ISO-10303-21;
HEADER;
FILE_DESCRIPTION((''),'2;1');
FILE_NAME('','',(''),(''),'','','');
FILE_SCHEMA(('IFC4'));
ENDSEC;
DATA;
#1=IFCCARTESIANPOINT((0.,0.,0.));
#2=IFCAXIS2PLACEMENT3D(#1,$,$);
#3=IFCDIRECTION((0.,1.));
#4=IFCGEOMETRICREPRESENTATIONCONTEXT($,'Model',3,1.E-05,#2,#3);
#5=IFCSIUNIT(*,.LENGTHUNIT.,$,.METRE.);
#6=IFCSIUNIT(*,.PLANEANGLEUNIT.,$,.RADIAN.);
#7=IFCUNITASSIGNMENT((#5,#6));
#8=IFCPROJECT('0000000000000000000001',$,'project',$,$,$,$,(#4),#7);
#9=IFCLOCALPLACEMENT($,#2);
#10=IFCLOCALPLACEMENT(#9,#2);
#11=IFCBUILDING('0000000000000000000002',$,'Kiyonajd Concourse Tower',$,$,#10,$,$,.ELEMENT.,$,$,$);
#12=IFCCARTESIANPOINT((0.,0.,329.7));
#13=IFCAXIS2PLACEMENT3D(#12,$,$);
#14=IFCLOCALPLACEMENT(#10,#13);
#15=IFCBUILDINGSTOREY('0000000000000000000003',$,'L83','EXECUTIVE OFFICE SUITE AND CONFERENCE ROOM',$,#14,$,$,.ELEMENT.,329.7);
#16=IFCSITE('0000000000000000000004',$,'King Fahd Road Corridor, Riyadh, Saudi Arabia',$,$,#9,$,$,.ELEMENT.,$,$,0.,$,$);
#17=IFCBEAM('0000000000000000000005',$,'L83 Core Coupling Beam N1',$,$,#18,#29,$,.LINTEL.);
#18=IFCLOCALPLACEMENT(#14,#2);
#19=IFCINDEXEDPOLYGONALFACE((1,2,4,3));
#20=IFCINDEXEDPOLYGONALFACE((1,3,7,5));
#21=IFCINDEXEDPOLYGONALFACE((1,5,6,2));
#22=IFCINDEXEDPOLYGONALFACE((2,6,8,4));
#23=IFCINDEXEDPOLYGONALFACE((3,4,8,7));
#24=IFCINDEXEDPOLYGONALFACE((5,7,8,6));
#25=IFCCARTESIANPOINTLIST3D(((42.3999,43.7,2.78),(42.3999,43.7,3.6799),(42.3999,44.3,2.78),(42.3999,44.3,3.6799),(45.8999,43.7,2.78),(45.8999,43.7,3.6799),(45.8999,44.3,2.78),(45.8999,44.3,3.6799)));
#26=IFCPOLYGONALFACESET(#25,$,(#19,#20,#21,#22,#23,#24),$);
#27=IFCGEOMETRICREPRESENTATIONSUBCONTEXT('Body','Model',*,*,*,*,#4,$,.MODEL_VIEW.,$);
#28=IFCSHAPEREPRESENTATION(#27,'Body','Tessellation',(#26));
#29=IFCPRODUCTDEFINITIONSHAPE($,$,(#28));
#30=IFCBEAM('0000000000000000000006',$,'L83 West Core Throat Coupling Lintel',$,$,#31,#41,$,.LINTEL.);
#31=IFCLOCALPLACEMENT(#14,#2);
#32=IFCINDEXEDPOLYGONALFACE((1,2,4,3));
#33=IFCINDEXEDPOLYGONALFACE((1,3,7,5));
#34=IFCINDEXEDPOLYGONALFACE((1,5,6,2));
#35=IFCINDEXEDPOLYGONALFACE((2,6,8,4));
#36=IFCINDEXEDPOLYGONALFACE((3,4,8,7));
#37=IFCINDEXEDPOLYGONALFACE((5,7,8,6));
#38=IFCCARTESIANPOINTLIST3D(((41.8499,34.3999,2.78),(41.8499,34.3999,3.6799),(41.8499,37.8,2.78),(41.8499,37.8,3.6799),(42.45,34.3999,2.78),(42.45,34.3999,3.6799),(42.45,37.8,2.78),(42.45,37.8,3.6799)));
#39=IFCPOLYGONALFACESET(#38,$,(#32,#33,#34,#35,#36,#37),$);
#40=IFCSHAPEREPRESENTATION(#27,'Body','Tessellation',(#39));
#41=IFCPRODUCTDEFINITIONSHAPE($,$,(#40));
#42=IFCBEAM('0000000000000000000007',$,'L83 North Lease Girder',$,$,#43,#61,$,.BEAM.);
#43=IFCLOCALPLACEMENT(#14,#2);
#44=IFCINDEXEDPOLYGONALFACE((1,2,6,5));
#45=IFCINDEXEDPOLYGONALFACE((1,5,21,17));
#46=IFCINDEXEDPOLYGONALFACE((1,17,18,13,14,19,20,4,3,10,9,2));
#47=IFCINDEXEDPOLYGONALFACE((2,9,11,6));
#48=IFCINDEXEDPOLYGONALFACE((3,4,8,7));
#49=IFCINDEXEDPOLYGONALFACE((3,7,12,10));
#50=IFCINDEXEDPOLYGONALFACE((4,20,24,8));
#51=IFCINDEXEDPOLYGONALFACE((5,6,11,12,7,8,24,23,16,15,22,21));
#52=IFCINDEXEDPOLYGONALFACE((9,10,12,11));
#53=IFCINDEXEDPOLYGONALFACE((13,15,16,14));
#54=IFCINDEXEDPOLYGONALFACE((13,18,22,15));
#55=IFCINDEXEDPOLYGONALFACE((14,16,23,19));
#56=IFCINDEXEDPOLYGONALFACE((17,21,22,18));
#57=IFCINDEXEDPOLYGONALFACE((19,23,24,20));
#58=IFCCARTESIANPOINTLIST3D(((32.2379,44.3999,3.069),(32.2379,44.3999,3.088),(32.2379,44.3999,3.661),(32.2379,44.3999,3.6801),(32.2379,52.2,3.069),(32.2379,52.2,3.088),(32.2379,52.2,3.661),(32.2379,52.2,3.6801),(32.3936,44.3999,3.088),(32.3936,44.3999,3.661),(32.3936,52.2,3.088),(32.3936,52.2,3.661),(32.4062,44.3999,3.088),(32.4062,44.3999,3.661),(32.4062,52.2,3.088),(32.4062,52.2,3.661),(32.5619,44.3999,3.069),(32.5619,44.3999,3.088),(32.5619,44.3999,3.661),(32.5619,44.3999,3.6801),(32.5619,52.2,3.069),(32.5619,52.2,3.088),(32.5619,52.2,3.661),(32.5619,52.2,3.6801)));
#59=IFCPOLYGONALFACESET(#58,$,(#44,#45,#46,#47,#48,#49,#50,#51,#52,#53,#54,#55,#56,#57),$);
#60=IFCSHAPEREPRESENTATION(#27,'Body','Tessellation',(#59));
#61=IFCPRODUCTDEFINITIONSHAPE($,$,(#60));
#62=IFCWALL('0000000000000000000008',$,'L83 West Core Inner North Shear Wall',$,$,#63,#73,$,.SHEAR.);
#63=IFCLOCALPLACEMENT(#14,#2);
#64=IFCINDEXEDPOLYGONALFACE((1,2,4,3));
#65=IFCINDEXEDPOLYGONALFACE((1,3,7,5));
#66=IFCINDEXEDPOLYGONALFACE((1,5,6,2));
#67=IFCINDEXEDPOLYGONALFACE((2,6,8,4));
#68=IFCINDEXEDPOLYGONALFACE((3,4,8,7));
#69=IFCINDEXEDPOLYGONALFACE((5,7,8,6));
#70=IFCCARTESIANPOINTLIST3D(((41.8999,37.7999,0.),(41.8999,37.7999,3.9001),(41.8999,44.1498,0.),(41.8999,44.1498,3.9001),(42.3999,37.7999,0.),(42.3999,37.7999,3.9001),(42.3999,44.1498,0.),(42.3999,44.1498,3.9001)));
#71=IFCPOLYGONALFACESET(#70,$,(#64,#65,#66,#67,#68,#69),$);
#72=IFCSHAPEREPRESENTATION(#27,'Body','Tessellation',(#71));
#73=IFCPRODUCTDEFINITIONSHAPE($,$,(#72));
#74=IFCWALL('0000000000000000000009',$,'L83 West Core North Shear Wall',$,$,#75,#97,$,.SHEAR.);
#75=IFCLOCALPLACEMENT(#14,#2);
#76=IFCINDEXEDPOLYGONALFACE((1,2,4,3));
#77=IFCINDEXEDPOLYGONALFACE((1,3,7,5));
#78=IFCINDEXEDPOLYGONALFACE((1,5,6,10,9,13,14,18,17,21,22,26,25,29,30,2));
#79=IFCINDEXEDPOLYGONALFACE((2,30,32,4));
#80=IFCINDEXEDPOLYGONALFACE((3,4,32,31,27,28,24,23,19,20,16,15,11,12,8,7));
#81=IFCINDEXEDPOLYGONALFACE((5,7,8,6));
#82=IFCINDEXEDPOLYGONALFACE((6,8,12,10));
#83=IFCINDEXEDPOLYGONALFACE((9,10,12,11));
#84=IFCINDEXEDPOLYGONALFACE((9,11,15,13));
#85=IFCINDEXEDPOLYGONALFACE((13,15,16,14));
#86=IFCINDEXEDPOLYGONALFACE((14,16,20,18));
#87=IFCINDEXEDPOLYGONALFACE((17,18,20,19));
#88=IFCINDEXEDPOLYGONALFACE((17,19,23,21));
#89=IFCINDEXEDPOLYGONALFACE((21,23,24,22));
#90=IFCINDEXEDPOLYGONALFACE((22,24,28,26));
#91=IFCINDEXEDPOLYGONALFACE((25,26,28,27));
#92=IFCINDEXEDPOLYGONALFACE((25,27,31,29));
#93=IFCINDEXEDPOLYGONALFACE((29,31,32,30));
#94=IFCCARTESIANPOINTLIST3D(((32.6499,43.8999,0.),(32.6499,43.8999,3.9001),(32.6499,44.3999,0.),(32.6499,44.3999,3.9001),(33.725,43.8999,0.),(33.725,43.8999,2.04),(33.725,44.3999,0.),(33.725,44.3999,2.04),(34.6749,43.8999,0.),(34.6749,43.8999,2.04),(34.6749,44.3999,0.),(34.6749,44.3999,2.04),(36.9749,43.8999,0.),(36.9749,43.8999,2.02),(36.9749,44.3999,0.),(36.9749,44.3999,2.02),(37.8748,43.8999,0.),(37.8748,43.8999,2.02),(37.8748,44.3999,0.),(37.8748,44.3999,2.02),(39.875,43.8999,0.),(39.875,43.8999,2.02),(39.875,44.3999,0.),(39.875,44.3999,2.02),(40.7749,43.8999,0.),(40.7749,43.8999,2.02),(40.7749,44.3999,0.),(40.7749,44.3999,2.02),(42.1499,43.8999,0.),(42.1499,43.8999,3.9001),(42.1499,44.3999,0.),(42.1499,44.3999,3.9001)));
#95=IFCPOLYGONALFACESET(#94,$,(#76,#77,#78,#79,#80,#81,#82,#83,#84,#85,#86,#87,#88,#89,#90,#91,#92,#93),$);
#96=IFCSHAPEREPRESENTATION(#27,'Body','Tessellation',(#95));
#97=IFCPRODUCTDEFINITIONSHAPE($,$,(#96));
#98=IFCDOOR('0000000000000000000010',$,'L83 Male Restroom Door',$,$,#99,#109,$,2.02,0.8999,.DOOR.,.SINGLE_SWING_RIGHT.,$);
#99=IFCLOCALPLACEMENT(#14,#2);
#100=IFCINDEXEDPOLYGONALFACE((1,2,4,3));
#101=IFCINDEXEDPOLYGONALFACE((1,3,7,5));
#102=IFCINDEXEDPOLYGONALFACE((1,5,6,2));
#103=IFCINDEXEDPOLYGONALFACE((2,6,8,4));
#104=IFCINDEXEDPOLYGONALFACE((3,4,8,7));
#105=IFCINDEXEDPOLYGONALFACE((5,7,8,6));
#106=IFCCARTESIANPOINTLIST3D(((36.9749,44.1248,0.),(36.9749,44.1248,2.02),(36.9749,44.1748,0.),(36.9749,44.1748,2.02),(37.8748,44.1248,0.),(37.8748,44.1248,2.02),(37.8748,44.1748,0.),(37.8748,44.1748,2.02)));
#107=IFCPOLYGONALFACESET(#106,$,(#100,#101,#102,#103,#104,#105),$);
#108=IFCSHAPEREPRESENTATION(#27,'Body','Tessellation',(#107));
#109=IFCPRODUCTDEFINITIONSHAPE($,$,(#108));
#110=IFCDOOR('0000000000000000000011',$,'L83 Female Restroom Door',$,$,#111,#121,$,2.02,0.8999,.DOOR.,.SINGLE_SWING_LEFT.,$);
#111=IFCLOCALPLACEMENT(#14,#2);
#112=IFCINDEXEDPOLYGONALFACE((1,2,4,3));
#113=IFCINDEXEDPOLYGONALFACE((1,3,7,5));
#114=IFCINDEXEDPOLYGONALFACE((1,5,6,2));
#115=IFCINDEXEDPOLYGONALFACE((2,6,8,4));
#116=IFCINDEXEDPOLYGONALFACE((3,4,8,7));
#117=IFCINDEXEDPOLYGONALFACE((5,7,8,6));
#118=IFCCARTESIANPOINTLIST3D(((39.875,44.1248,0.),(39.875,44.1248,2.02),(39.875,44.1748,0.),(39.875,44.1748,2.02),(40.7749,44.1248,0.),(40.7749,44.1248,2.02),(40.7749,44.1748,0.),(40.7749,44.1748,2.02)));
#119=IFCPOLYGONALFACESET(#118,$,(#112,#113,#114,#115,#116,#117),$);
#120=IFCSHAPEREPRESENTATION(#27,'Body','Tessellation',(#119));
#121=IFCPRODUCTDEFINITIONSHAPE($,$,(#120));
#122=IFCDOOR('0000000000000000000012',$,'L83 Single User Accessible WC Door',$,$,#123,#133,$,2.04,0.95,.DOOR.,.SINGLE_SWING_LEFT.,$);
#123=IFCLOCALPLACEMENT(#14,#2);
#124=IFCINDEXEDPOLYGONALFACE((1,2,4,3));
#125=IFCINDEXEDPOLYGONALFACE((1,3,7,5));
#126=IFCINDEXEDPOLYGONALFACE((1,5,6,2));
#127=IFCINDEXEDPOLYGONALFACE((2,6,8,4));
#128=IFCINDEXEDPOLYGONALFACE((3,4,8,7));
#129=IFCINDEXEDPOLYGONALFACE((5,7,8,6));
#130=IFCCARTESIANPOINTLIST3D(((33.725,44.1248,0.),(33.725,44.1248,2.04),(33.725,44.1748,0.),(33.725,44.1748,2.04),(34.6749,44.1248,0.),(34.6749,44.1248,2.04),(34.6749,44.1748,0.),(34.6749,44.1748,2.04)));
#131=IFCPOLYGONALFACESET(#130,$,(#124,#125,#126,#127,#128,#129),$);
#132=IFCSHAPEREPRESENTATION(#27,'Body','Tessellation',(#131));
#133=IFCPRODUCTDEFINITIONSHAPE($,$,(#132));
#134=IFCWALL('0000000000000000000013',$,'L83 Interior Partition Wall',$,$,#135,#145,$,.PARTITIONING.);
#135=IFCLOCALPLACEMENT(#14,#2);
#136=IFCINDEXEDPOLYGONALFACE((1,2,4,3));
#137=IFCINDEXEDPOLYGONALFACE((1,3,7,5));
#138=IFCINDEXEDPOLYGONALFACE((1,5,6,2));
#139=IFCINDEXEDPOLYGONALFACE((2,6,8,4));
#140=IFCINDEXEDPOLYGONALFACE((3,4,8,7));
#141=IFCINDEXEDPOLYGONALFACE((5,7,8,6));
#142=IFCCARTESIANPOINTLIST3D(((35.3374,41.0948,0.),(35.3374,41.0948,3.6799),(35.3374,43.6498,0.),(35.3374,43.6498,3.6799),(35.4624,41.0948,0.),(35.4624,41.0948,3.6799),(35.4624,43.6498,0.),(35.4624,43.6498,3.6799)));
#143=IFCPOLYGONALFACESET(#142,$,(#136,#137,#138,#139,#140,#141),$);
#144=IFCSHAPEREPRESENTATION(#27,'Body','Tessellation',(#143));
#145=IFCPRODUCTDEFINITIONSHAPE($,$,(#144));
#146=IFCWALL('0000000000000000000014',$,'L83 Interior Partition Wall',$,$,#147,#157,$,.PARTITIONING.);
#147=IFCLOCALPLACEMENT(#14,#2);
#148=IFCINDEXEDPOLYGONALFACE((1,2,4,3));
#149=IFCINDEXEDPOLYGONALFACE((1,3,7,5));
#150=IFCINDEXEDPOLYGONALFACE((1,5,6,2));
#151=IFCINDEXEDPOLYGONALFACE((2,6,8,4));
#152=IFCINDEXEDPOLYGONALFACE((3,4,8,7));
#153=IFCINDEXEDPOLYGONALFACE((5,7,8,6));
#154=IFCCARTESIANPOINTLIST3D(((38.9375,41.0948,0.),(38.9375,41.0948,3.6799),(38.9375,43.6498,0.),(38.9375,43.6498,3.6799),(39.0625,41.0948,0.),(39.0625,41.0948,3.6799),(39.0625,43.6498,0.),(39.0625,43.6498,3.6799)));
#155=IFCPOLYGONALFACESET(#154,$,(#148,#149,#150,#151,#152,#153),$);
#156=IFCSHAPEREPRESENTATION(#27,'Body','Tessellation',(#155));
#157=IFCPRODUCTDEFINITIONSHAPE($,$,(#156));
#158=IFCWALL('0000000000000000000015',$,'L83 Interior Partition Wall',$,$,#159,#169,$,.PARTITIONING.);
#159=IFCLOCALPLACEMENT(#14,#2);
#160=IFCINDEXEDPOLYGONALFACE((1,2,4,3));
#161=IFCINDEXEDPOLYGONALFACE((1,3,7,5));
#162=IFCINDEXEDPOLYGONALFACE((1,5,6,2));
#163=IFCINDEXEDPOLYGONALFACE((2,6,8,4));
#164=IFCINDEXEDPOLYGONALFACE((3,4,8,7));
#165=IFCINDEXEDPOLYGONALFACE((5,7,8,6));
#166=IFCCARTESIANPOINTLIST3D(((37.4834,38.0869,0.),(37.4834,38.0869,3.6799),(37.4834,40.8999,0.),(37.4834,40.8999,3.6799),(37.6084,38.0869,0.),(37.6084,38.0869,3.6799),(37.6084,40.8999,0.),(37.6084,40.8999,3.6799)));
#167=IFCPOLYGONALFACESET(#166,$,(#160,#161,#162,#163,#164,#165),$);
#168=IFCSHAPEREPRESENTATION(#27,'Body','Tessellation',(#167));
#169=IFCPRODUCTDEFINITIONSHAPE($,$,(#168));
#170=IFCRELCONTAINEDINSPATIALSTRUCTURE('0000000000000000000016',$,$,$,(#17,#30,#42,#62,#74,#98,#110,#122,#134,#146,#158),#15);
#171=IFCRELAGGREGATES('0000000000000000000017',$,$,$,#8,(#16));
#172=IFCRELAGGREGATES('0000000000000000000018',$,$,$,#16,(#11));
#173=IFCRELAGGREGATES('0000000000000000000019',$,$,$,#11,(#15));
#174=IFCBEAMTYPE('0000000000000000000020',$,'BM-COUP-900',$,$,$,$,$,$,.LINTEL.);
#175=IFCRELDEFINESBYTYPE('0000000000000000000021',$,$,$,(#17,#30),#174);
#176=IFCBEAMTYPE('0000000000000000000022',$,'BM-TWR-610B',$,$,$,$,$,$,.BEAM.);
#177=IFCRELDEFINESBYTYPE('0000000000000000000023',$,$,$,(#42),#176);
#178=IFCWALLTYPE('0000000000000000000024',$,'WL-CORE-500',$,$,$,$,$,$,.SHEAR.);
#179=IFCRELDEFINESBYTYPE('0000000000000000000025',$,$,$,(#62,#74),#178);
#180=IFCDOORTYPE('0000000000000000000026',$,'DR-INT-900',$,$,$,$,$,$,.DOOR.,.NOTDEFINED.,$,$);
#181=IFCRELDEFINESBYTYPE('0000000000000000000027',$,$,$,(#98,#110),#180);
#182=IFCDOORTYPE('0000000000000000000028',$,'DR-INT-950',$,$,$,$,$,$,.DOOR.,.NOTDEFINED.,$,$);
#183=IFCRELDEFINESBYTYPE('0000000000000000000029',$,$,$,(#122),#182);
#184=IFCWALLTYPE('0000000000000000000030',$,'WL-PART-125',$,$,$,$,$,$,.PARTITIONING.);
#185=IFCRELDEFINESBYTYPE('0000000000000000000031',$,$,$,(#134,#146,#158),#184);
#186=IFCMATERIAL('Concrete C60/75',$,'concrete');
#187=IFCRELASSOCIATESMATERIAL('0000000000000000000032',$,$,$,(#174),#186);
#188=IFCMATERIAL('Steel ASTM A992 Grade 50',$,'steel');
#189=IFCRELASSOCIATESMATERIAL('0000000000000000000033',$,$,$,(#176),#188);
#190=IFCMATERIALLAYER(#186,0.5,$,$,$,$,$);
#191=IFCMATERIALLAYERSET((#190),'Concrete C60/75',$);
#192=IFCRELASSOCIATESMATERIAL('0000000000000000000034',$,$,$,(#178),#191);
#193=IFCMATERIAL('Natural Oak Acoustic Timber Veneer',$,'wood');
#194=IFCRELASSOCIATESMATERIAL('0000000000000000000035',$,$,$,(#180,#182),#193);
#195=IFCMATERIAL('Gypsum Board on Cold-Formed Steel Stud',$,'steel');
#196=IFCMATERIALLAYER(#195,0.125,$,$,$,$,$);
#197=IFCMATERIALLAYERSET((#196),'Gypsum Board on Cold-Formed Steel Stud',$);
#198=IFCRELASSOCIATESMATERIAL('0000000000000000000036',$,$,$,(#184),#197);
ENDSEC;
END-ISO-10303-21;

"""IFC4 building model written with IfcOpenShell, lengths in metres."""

from ifc_helpers import new_model, si_unit, direction, frame, frame_2d, origin, origin_2d, place, context, subcontext, project, spatial, rectangle, i_section, extrude, material, layer, layer_set, material_profile, profile_set, type_object, element, fill, save


model = new_model("IFC4")

# Units and contexts
model_context = context("Model", 3, precision=1e-05, world=origin(), true_north=direction((0.0, 1.0)))
body_context = subcontext(model_context, "Body", "Model", "MODEL_VIEW")
ifc_project = project(units=[si_unit("LENGTHUNIT", "METRE"), si_unit("PLANEANGLEUNIT", "RADIAN")], contexts=[model_context])

# Site, building, storey
site_placement = place(None, origin())
site = spatial("IfcSite", under=ifc_project, at=site_placement, Name="King Fahd Road Corridor, Riyadh, Saudi Arabia", CompositionType="ELEMENT", RefElevation=0.0)
building_placement = place(site_placement, origin())
building = spatial("IfcBuilding", under=site, at=building_placement, Name="Kiyonajd Concourse Tower", CompositionType="ELEMENT")
storey_placement = place(building_placement, frame((0.0, 0.0, 329.7)))
storey = spatial("IfcBuildingStorey", under=building, at=storey_placement, Name="L83", Description="EXECUTIVE OFFICE SUITE AND CONFERENCE ROOM", CompositionType="ELEMENT", Elevation=329.7)

# Beams
ifc_material_1 = material(Name="Concrete C60/75", Category="concrete")
ifc_material_profile_1 = material_profile(ifc_material_1, rectangle(XDim=0.6001, YDim=0.8999, at=origin_2d()), Name="RCBM-600x900")
ifc_profile_set_1 = profile_set([ifc_material_profile_1], Name="Concrete C60/75")
beam_type_1 = type_object("IfcBeamType", Name="BM-COUP-900", PredefinedType="LINTEL", material=ifc_profile_set_1)
beam_1_placement = place(storey_placement, frame((42.3999, 44.0, 3.23), z_axis=(1.0, 0.0, 0.0), x_axis=(0.0, 1.0, 0.0)))
element("IfcBeam", 1, at=beam_1_placement, inside=storey, type_object=beam_type_1, Name="L83 Core Coupling Beam N1", PredefinedType="LINTEL", context=body_context, shape_type="SweptSolid", body=[
    extrude(rectangle(XDim=0.6001, YDim=0.8999, at=origin_2d()), origin(), (0.0, 0.0, 1.0), 3.5),
])
beam_2_placement = place(storey_placement, frame((42.1499, 34.3999, 3.23), z_axis=(0.0, 1.0, 0.0), x_axis=(-1.0, 0.0, 0.0)))
element("IfcBeam", 2, at=beam_2_placement, inside=storey, type_object=beam_type_1, Name="L83 West Core Throat Coupling Lintel", PredefinedType="LINTEL", context=body_context, shape_type="SweptSolid", body=[
    extrude(rectangle(XDim=0.6001, YDim=0.8999, at=origin_2d()), origin(), (0.0, 0.0, 1.0), 3.4001),
])
ifc_material_2 = material(Name="Steel ASTM A992 Grade 50", Category="steel")
ifc_material_profile_2 = material_profile(ifc_material_2, i_section(OverallWidth=0.324, OverallDepth=0.6111, WebThickness=0.0127, FlangeThickness=0.019, at=origin_2d()), Name="W610X155")
ifc_profile_set_2 = profile_set([ifc_material_profile_2], Name="Steel ASTM A992 Grade 50")
beam_type_2 = type_object("IfcBeamType", Name="BM-TWR-610B", PredefinedType="BEAM", material=ifc_profile_set_2)
beam_3_placement = place(storey_placement, frame((32.3999, 44.3999, 3.3745), z_axis=(0.0, 1.0, 0.0), x_axis=(-1.0, 0.0, 0.0)))
element("IfcBeam", 3, at=beam_3_placement, inside=storey, type_object=beam_type_2, Name="L83 North Lease Girder", PredefinedType="BEAM", context=body_context, shape_type="SweptSolid", body=[
    extrude(i_section(OverallWidth=0.324, OverallDepth=0.6111, WebThickness=0.0127, FlangeThickness=0.019, at=origin_2d()), origin(), (0.0, 0.0, 1.0), 7.8),
])

# Wall
ifc_layer_1 = layer(ifc_material_1, 0.5)
ifc_layer_set_1 = layer_set([ifc_layer_1], Name="Concrete C60/75")
wall_type_1 = type_object("IfcWallType", Name="WL-CORE-500", PredefinedType="SHEAR", material=ifc_layer_set_1)
wall_1_placement = place(storey_placement, frame((42.1499, 37.8, 0.0), z_axis=(0.0, 0.0, 1.0), x_axis=(0.0, 1.0, 0.0)))
element("IfcWall", 4, at=wall_1_placement, inside=storey, type_object=wall_type_1, Name="L83 West Core Inner North Shear Wall", PredefinedType="SHEAR", context=body_context, shape_type="SweptSolid", body=[
    extrude(rectangle(XDim=6.3499, YDim=0.5, at=frame_2d((3.1748, 0.0))), origin(), (0.0, 0.0, 1.0), 3.9001),
])

# Wall, openings, doors
wall_2_placement = place(storey_placement, frame((32.6499, 44.1499, 0.0), z_axis=(0.0, 0.0, 1.0), x_axis=(1.0, 0.0, 0.0)))
wall_2 = element("IfcWall", 5, at=wall_2_placement, inside=storey, type_object=wall_type_1, Name="L83 West Core North Shear Wall", PredefinedType="SHEAR", context=body_context, shape_type="SweptSolid", body=[
    extrude(rectangle(XDim=9.5, YDim=0.5, at=frame_2d((4.75, 0.0))), origin(), (0.0, 0.0, 1.0), 3.9001),
])
opening_1_placement = place(wall_2_placement, frame((1.075, 0.0, 0.0)))
opening_1 = element("IfcOpeningElement", 6, at=opening_1_placement, cuts=wall_2, PredefinedType="OPENING", context=body_context, shape_type="SweptSolid", body=[
    extrude(rectangle(XDim=0.95, YDim=2.04, at=frame_2d((0.4751, 1.02))), frame((0.0, 0.26, 0.0), z_axis=(0.0, -1.0, 0.0), x_axis=(1.0, 0.0, 0.0)), (0.0, 0.0, 1.0), 0.52),
])
opening_2_placement = place(wall_2_placement, frame((4.325, 0.0, 0.0)))
opening_2 = element("IfcOpeningElement", 7, at=opening_2_placement, cuts=wall_2, PredefinedType="OPENING", context=body_context, shape_type="SweptSolid", body=[
    extrude(rectangle(XDim=0.8999, YDim=2.02, at=frame_2d((0.45, 1.01))), frame((0.0, 0.26, 0.0), z_axis=(0.0, -1.0, 0.0), x_axis=(1.0, 0.0, 0.0)), (0.0, 0.0, 1.0), 0.52),
])
opening_3_placement = place(wall_2_placement, frame((7.2251, 0.0, 0.0)))
opening_3 = element("IfcOpeningElement", 8, at=opening_3_placement, cuts=wall_2, PredefinedType="OPENING", context=body_context, shape_type="SweptSolid", body=[
    extrude(rectangle(XDim=0.8999, YDim=2.02, at=frame_2d((0.45, 1.01))), frame((0.0, 0.26, 0.0), z_axis=(0.0, -1.0, 0.0), x_axis=(1.0, 0.0, 0.0)), (0.0, 0.0, 1.0), 0.52),
])
ifc_material_3 = material(Name="Natural Oak Acoustic Timber Veneer", Category="wood")
door_type_1 = type_object("IfcDoorType", Name="DR-INT-900", OperationType="NOTDEFINED", PredefinedType="DOOR", material=ifc_material_3)
door_1_placement = place(opening_2_placement, origin())
door_1 = element("IfcDoor", 9, at=door_1_placement, inside=storey, type_object=door_type_1, Name="L83 Male Restroom Door", OperationType="SINGLE_SWING_RIGHT", OverallHeight=2.02, OverallWidth=0.8999, PredefinedType="DOOR", context=body_context, shape_type="SweptSolid", body=[
    extrude(rectangle(XDim=0.8999, YDim=2.02, at=frame_2d((0.45, 1.01))), frame((0.0, 0.0249, 0.0), z_axis=(0.0, -1.0, 0.0), x_axis=(1.0, 0.0, 0.0)), (0.0, 0.0, 1.0), 0.05),
])
fill(opening_2, door_1)
door_2_placement = place(opening_3_placement, origin())
door_2 = element("IfcDoor", 10, at=door_2_placement, inside=storey, type_object=door_type_1, Name="L83 Female Restroom Door", OperationType="SINGLE_SWING_LEFT", OverallHeight=2.02, OverallWidth=0.8999, PredefinedType="DOOR", context=body_context, shape_type="SweptSolid", body=[
    extrude(rectangle(XDim=0.8999, YDim=2.02, at=frame_2d((0.45, 1.01))), frame((0.0, 0.0249, 0.0), z_axis=(0.0, -1.0, 0.0), x_axis=(1.0, 0.0, 0.0)), (0.0, 0.0, 1.0), 0.05),
])
fill(opening_3, door_2)
door_type_2 = type_object("IfcDoorType", Name="DR-INT-950", OperationType="NOTDEFINED", PredefinedType="DOOR", material=ifc_material_3)
door_3_placement = place(opening_1_placement, origin())
door_3 = element("IfcDoor", 11, at=door_3_placement, inside=storey, type_object=door_type_2, Name="L83 Single User Accessible WC Door", OperationType="SINGLE_SWING_LEFT", OverallHeight=2.04, OverallWidth=0.95, PredefinedType="DOOR", context=body_context, shape_type="SweptSolid", body=[
    extrude(rectangle(XDim=0.95, YDim=2.04, at=frame_2d((0.4751, 1.02))), frame((0.0, 0.0249, 0.0), z_axis=(0.0, -1.0, 0.0), x_axis=(1.0, 0.0, 0.0)), (0.0, 0.0, 1.0), 0.05),
])
fill(opening_1, door_3)

# Walls
ifc_material_4 = material(Name="Gypsum Board on Cold-Formed Steel Stud", Category="steel")
ifc_layer_2 = layer(ifc_material_4, 0.125)
ifc_layer_set_2 = layer_set([ifc_layer_2], Name="Gypsum Board on Cold-Formed Steel Stud")
wall_type_2 = type_object("IfcWallType", Name="WL-PART-125", PredefinedType="PARTITIONING", material=ifc_layer_set_2)
for number, where, z_axis, x_axis, name in (
    (12, (35.3999, 41.095, 0.0), (0.0, 0.0, 1.0), (0.0, 1.0, 0.0), "L83 Interior Partition Wall"),
    (13, (39.0, 41.095, 0.0), (0.0, 0.0, 1.0), (0.0, 1.0, 0.0), "L83 Interior Partition Wall"),
):
    element("IfcWall", number, at=place(storey_placement, frame(where, z_axis=z_axis, x_axis=x_axis)), inside=storey, type_object=wall_type_2, Name=name, PredefinedType="PARTITIONING", context=body_context, shape_type="SweptSolid", body=[
        extrude(rectangle(XDim=2.5549, YDim=0.125, at=frame_2d((1.2773, 0.0))), origin(), (0.0, 0.0, 1.0), 3.6799),
    ])
wall_3_placement = place(storey_placement, frame((37.5459, 38.0869, 0.0), z_axis=(0.0, 0.0, 1.0), x_axis=(0.0, 1.0, 0.0)))
element("IfcWall", 14, at=wall_3_placement, inside=storey, type_object=wall_type_2, Name="L83 Interior Partition Wall", PredefinedType="PARTITIONING", context=body_context, shape_type="SweptSolid", body=[
    extrude(rectangle(XDim=2.813, YDim=0.125, at=frame_2d((1.4065, 0.0))), origin(), (0.0, 0.0, 1.0), 3.6799),
])

save(model, "model.ifc")
